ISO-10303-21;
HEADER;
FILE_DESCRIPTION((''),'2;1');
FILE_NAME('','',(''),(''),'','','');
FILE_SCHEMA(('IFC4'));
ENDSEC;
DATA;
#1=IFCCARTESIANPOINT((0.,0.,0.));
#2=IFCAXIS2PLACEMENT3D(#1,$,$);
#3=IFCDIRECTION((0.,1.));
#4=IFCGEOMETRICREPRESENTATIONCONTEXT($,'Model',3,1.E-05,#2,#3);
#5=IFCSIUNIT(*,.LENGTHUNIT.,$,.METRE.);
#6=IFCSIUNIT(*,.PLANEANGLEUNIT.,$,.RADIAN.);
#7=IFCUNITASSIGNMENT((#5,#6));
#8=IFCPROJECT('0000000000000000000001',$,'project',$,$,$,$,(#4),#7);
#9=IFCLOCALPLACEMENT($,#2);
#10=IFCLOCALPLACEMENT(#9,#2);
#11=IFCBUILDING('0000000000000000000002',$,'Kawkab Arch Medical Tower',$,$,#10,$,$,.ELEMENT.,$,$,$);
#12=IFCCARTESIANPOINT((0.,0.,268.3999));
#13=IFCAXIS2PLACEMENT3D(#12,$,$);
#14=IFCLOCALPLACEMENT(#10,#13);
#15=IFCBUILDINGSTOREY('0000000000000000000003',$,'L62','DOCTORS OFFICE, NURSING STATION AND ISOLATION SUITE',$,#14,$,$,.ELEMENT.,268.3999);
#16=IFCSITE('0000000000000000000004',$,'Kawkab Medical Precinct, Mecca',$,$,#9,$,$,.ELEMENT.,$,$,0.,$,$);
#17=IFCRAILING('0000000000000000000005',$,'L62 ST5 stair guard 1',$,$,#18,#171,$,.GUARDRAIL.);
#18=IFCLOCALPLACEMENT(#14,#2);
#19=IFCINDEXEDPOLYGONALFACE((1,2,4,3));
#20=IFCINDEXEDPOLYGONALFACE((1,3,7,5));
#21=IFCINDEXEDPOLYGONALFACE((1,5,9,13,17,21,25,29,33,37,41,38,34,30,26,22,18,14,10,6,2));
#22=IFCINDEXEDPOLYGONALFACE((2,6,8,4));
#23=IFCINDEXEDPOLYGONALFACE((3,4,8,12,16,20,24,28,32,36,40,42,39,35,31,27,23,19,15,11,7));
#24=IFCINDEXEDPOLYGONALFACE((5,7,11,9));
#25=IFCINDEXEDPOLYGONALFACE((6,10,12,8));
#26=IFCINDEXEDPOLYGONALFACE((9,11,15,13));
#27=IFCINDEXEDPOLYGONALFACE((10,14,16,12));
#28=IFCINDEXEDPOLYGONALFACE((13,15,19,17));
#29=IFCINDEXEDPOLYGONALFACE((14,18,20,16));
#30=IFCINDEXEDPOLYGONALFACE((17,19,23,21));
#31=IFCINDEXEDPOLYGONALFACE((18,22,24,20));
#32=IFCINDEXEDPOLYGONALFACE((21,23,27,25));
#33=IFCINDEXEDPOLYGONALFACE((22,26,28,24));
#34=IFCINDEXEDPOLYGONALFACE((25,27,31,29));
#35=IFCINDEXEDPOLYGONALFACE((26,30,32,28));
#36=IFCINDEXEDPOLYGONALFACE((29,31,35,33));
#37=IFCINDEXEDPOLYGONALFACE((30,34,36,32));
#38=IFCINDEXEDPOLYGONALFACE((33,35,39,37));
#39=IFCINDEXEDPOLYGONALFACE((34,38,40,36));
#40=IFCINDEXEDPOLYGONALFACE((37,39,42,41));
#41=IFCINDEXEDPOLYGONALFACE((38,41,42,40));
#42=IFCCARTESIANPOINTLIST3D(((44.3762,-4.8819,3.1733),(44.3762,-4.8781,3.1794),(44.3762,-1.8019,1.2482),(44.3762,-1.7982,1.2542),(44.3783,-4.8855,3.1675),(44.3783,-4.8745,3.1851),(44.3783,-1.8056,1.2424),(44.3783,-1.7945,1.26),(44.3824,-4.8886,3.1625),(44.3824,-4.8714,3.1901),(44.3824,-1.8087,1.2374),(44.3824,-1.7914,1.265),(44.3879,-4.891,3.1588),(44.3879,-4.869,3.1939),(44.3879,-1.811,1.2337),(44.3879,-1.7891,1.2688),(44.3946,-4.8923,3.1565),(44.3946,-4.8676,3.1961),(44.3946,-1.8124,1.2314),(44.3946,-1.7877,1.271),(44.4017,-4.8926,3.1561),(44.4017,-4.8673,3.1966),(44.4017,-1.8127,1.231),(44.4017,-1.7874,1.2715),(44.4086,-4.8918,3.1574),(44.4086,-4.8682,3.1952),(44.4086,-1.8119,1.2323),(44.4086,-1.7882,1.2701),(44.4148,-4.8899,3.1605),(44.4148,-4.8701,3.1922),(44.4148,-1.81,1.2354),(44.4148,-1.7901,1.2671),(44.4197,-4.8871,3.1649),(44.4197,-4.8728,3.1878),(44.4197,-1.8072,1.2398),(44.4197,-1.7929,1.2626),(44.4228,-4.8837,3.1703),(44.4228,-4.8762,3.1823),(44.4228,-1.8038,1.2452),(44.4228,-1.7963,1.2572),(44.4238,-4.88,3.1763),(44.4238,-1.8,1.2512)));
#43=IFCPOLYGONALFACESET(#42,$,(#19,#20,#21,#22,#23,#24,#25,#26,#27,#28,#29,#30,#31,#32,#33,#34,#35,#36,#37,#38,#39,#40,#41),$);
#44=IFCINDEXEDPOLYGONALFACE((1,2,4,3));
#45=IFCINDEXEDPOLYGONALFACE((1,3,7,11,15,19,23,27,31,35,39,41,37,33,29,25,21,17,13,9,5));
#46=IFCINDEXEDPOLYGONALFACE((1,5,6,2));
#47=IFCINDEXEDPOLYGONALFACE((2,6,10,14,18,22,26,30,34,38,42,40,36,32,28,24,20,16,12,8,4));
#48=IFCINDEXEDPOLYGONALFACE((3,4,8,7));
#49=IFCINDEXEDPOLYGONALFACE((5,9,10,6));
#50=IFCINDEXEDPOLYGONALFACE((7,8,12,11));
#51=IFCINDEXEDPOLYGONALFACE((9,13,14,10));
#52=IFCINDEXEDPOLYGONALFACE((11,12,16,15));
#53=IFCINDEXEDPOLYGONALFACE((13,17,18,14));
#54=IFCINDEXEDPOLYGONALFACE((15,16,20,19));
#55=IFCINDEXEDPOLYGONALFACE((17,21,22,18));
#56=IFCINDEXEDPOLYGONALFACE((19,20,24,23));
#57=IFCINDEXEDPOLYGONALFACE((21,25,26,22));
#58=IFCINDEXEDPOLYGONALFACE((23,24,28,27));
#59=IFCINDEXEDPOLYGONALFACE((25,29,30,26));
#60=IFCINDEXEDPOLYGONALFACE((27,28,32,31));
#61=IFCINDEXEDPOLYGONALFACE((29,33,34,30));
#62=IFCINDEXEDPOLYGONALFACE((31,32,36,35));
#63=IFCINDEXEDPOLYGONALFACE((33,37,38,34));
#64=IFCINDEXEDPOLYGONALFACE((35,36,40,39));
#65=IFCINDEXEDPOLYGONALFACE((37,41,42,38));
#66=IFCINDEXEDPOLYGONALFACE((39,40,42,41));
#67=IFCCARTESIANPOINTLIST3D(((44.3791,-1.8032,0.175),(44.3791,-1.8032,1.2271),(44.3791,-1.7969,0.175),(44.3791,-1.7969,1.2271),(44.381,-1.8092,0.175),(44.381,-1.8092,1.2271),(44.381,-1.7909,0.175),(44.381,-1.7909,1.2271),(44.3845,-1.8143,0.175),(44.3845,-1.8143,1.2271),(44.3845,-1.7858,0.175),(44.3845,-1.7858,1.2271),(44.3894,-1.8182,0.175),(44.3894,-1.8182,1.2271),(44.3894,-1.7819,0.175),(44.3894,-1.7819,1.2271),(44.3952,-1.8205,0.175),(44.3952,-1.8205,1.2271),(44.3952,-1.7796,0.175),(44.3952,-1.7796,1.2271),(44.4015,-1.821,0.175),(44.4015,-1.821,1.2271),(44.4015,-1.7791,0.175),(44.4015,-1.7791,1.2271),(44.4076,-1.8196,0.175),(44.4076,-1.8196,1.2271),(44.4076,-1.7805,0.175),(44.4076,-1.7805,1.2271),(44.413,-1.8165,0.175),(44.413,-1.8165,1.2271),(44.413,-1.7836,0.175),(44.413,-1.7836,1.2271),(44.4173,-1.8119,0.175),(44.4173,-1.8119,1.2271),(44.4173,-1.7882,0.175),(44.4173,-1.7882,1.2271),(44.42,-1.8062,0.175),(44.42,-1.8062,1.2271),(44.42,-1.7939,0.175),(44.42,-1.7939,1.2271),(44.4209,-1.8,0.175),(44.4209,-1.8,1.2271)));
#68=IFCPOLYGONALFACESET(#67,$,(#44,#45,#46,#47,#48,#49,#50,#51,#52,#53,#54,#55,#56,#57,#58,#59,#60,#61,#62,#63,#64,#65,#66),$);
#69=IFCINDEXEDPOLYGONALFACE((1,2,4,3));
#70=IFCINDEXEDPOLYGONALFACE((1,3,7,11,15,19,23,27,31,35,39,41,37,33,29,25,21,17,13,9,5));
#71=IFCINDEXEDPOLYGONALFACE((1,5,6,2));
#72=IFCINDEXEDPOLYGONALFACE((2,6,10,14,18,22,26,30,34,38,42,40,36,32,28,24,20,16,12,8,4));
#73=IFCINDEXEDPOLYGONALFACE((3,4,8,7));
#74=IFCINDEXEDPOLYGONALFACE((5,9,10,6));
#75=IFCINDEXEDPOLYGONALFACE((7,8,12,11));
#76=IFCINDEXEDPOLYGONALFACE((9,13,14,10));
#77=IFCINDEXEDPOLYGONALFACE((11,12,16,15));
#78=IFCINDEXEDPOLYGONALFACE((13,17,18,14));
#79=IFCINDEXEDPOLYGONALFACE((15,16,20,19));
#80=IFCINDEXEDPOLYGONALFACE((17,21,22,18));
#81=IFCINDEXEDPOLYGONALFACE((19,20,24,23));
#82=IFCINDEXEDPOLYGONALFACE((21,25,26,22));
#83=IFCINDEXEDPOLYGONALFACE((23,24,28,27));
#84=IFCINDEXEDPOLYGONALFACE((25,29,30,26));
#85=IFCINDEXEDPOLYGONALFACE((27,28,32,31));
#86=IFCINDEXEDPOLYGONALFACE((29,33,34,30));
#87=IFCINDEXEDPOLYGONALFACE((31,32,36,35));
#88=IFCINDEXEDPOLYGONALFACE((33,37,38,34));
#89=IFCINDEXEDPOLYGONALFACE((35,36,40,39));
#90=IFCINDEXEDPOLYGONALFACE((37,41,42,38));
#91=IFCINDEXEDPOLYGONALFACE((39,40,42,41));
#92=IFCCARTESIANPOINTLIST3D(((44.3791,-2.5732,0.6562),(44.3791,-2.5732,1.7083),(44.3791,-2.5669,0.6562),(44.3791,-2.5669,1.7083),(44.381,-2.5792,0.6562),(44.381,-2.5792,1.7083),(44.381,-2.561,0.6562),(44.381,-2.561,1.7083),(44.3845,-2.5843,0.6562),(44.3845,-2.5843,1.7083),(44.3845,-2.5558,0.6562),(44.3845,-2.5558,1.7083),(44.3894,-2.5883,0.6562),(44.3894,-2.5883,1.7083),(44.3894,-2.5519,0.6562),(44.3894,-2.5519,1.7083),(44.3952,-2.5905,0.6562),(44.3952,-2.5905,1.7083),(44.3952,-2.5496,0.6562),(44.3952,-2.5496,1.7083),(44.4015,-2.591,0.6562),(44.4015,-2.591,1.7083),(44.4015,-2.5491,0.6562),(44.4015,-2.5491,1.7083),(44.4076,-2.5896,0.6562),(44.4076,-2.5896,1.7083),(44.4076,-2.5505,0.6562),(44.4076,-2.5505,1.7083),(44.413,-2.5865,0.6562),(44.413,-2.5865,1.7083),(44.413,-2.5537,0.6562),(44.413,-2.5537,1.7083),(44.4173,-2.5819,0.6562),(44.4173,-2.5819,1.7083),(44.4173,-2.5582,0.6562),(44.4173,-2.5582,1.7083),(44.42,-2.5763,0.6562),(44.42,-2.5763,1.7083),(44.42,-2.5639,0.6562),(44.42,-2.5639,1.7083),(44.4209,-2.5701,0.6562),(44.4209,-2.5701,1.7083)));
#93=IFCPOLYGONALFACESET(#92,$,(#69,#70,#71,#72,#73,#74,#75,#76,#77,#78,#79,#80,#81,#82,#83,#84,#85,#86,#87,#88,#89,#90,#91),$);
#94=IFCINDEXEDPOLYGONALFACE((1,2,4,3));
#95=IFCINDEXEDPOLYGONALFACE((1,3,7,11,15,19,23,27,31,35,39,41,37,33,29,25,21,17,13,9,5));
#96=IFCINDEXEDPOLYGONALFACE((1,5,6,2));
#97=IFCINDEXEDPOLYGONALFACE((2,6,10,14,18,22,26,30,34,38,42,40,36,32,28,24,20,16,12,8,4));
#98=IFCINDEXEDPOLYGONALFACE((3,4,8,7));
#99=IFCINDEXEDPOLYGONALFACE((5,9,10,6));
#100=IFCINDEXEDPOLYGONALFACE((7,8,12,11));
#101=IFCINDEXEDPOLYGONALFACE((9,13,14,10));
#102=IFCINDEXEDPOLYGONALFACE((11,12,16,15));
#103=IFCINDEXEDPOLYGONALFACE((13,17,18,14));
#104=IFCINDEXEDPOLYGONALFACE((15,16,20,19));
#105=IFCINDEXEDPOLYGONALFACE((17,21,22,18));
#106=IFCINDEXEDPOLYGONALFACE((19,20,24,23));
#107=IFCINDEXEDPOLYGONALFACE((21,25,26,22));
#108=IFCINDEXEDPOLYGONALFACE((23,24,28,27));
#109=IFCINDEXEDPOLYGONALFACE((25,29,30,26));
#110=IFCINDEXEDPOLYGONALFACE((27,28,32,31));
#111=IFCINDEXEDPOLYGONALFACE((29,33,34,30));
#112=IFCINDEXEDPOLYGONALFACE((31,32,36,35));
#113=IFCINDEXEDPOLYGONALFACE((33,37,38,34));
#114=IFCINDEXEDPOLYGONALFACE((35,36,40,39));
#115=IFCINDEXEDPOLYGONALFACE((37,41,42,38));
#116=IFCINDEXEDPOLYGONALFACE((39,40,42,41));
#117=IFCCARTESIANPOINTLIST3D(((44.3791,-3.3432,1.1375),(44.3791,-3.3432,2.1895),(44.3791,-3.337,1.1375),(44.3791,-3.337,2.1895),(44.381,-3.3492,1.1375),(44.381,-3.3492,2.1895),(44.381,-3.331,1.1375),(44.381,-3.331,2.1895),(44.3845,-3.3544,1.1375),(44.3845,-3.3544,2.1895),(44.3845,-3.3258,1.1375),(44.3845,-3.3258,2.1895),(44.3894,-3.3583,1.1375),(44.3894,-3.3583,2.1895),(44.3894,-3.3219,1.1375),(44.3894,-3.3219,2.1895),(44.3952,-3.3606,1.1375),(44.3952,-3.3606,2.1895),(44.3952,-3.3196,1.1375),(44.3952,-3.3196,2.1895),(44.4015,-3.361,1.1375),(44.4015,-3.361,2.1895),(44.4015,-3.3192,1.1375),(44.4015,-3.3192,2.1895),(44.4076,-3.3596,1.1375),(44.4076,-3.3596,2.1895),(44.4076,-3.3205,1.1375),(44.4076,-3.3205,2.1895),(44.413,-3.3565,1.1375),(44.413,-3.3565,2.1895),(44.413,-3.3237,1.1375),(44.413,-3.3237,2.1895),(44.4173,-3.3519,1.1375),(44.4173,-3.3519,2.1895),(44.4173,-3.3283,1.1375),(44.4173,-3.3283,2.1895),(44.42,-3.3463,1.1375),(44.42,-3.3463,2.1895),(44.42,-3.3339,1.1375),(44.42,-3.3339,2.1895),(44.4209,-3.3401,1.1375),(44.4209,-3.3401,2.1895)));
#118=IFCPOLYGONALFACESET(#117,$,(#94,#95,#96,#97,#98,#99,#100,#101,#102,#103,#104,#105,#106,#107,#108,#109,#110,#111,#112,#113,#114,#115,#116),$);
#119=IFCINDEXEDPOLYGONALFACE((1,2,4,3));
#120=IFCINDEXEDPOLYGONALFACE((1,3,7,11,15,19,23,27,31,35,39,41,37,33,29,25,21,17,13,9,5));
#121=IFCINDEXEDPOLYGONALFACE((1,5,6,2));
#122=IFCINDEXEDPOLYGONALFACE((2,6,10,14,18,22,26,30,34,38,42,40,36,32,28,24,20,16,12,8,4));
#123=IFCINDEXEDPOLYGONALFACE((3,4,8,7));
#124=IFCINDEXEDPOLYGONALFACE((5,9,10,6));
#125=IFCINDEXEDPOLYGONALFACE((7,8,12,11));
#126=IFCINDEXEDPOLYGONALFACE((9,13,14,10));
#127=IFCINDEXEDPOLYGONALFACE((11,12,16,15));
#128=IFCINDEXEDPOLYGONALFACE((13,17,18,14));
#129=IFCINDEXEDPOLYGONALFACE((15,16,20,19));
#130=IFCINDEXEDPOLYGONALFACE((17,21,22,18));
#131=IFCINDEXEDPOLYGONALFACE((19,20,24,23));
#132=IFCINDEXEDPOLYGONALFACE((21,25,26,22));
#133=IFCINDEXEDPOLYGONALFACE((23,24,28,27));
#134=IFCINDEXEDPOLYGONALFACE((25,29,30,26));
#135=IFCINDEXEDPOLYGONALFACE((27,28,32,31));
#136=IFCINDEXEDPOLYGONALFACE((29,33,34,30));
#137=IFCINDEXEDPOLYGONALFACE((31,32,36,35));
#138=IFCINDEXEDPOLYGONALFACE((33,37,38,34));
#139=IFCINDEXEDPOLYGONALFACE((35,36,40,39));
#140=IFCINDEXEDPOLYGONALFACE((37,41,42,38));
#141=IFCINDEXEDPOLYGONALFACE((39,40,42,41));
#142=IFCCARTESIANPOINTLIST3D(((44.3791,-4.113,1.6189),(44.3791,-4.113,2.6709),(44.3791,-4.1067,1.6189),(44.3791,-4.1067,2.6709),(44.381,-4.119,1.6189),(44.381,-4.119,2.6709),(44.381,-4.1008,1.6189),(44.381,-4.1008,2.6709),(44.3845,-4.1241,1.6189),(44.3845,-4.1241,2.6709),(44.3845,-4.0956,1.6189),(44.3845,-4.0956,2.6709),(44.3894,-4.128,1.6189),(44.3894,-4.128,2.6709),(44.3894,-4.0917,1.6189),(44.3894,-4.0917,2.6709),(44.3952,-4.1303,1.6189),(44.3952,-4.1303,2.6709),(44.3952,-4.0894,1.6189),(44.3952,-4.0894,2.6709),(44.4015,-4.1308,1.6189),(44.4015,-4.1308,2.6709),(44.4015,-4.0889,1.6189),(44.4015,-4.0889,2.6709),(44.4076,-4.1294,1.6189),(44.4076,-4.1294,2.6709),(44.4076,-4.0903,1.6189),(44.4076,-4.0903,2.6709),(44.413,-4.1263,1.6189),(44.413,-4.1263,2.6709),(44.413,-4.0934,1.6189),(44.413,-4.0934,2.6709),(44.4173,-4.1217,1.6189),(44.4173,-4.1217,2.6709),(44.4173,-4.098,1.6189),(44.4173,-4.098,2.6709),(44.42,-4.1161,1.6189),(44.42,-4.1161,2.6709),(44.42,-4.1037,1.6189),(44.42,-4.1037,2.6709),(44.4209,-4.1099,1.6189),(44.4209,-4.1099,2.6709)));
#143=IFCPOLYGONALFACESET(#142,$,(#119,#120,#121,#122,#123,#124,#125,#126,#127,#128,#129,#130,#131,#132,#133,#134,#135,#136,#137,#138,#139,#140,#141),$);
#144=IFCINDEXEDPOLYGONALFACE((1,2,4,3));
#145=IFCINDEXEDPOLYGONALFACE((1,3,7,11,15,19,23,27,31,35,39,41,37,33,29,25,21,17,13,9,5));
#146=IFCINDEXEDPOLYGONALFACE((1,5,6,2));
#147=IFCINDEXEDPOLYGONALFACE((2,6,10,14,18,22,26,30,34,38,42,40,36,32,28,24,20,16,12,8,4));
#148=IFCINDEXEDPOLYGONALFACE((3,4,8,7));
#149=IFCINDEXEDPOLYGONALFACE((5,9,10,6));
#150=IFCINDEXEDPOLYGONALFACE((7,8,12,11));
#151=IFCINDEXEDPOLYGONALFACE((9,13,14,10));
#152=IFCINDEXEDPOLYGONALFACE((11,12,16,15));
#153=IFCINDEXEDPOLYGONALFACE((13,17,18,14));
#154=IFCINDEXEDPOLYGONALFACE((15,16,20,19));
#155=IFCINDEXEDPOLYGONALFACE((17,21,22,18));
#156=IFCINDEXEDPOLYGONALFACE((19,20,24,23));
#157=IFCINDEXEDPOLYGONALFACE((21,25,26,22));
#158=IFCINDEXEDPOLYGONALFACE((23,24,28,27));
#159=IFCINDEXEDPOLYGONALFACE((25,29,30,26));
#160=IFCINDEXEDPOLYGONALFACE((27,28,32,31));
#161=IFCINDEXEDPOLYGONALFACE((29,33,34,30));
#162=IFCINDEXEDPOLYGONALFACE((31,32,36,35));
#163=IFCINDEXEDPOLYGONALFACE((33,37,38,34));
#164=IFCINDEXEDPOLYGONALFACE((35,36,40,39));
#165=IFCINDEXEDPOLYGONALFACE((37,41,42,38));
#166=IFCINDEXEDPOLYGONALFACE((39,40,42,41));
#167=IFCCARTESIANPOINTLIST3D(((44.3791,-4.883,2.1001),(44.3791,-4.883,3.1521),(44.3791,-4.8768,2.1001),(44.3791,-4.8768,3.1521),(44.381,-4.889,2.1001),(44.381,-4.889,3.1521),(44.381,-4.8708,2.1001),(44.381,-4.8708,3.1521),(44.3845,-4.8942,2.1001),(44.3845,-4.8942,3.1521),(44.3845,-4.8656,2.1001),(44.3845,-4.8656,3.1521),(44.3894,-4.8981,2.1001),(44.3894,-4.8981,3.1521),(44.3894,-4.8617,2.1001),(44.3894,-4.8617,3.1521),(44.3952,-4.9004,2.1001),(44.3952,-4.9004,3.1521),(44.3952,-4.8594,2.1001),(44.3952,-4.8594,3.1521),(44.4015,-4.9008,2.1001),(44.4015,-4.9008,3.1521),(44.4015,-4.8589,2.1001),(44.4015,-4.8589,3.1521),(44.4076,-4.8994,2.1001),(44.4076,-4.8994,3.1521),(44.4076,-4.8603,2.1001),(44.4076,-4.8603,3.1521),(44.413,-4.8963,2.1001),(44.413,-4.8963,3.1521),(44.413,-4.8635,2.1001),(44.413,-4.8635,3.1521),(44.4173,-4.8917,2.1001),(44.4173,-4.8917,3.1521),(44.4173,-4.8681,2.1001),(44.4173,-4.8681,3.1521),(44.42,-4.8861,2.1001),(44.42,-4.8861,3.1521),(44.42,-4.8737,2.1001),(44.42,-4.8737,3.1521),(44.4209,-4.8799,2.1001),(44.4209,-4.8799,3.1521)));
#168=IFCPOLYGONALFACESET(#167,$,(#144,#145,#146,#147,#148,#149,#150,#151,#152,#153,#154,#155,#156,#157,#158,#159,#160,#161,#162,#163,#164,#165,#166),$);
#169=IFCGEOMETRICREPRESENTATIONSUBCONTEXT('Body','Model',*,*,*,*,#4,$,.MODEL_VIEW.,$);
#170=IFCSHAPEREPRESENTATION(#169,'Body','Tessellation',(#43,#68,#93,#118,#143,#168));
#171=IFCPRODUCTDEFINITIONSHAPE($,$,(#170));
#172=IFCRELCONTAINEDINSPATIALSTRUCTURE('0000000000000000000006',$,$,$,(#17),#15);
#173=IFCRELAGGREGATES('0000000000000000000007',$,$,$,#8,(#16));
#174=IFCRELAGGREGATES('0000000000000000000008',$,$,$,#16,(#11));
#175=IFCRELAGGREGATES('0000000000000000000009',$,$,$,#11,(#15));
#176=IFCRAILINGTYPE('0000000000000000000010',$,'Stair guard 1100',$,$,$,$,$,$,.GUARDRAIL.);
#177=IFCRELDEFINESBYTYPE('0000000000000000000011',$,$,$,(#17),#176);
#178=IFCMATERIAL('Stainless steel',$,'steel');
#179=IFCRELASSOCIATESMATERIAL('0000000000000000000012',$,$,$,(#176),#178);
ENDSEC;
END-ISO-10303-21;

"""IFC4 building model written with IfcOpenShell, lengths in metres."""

from ifc_helpers import new_model, si_unit, direction, frame, origin, origin_2d, place, context, subcontext, project, spatial, circle, extrude, material, type_object, element, save


model = new_model("IFC4")

# Units and contexts
model_context = context("Model", 3, precision=1e-05, world=origin(), true_north=direction((0.0, 1.0)))
body_context = subcontext(model_context, "Body", "Model", "MODEL_VIEW")
ifc_project = project(units=[si_unit("LENGTHUNIT", "METRE"), si_unit("PLANEANGLEUNIT", "RADIAN")], contexts=[model_context])

# Site, building, storey
site_placement = place(None, origin())
site = spatial("IfcSite", under=ifc_project, at=site_placement, Name="Kawkab Medical Precinct, Mecca", CompositionType="ELEMENT", RefElevation=0.0)
building_placement = place(site_placement, origin())
building = spatial("IfcBuilding", under=site, at=building_placement, Name="Kawkab Arch Medical Tower", CompositionType="ELEMENT")
storey_placement = place(building_placement, frame((0.0, 0.0, 268.3999)))
storey = spatial("IfcBuildingStorey", under=building, at=storey_placement, Name="L62", Description="DOCTORS OFFICE, NURSING STATION AND ISOLATION SUITE", CompositionType="ELEMENT", Elevation=268.3999)

# Railing
ifc_material_1 = material(Name="Stainless steel", Category="steel")
railing_type = type_object("IfcRailingType", Name="Stair guard 1100", PredefinedType="GUARDRAIL", material=ifc_material_1)
railing_1_placement = place(storey_placement, frame((44.3999, -1.8, 0.175)))
element("IfcRailing", 1, at=railing_1_placement, inside=storey, type_object=railing_type, Name="L62 ST5 stair guard 1", PredefinedType="GUARDRAIL", context=body_context, shape_type="SweptSolid", body=[
    extrude(circle(Radius=0.0239, at=origin_2d()), frame((0.0, 0.0, 1.0762), z_axis=(0.0, -0.847979, 0.530029), x_axis=(1.0, 0.0, 0.0)), (0.0, 0.0, 1.0), 3.6321),
    extrude(circle(Radius=0.021, at=origin_2d()), origin(), (0.0, 0.0, 1.0), 1.052),
    extrude(circle(Radius=0.021, at=origin_2d()), frame((0.0, -0.77, 0.4812)), (0.0, 0.0, 1.0), 1.052),
    extrude(circle(Radius=0.021, at=origin_2d()), frame((0.0, -1.54, 0.9624)), (0.0, 0.0, 1.0), 1.052),
    extrude(circle(Radius=0.021, at=origin_2d()), frame((0.0, -2.3098, 1.4438)), (0.0, 0.0, 1.0), 1.052),
    extrude(circle(Radius=0.021, at=origin_2d()), frame((0.0, -3.0798, 1.925)), (0.0, 0.0, 1.0), 1.052),
])

save(model, "model.ifc")
